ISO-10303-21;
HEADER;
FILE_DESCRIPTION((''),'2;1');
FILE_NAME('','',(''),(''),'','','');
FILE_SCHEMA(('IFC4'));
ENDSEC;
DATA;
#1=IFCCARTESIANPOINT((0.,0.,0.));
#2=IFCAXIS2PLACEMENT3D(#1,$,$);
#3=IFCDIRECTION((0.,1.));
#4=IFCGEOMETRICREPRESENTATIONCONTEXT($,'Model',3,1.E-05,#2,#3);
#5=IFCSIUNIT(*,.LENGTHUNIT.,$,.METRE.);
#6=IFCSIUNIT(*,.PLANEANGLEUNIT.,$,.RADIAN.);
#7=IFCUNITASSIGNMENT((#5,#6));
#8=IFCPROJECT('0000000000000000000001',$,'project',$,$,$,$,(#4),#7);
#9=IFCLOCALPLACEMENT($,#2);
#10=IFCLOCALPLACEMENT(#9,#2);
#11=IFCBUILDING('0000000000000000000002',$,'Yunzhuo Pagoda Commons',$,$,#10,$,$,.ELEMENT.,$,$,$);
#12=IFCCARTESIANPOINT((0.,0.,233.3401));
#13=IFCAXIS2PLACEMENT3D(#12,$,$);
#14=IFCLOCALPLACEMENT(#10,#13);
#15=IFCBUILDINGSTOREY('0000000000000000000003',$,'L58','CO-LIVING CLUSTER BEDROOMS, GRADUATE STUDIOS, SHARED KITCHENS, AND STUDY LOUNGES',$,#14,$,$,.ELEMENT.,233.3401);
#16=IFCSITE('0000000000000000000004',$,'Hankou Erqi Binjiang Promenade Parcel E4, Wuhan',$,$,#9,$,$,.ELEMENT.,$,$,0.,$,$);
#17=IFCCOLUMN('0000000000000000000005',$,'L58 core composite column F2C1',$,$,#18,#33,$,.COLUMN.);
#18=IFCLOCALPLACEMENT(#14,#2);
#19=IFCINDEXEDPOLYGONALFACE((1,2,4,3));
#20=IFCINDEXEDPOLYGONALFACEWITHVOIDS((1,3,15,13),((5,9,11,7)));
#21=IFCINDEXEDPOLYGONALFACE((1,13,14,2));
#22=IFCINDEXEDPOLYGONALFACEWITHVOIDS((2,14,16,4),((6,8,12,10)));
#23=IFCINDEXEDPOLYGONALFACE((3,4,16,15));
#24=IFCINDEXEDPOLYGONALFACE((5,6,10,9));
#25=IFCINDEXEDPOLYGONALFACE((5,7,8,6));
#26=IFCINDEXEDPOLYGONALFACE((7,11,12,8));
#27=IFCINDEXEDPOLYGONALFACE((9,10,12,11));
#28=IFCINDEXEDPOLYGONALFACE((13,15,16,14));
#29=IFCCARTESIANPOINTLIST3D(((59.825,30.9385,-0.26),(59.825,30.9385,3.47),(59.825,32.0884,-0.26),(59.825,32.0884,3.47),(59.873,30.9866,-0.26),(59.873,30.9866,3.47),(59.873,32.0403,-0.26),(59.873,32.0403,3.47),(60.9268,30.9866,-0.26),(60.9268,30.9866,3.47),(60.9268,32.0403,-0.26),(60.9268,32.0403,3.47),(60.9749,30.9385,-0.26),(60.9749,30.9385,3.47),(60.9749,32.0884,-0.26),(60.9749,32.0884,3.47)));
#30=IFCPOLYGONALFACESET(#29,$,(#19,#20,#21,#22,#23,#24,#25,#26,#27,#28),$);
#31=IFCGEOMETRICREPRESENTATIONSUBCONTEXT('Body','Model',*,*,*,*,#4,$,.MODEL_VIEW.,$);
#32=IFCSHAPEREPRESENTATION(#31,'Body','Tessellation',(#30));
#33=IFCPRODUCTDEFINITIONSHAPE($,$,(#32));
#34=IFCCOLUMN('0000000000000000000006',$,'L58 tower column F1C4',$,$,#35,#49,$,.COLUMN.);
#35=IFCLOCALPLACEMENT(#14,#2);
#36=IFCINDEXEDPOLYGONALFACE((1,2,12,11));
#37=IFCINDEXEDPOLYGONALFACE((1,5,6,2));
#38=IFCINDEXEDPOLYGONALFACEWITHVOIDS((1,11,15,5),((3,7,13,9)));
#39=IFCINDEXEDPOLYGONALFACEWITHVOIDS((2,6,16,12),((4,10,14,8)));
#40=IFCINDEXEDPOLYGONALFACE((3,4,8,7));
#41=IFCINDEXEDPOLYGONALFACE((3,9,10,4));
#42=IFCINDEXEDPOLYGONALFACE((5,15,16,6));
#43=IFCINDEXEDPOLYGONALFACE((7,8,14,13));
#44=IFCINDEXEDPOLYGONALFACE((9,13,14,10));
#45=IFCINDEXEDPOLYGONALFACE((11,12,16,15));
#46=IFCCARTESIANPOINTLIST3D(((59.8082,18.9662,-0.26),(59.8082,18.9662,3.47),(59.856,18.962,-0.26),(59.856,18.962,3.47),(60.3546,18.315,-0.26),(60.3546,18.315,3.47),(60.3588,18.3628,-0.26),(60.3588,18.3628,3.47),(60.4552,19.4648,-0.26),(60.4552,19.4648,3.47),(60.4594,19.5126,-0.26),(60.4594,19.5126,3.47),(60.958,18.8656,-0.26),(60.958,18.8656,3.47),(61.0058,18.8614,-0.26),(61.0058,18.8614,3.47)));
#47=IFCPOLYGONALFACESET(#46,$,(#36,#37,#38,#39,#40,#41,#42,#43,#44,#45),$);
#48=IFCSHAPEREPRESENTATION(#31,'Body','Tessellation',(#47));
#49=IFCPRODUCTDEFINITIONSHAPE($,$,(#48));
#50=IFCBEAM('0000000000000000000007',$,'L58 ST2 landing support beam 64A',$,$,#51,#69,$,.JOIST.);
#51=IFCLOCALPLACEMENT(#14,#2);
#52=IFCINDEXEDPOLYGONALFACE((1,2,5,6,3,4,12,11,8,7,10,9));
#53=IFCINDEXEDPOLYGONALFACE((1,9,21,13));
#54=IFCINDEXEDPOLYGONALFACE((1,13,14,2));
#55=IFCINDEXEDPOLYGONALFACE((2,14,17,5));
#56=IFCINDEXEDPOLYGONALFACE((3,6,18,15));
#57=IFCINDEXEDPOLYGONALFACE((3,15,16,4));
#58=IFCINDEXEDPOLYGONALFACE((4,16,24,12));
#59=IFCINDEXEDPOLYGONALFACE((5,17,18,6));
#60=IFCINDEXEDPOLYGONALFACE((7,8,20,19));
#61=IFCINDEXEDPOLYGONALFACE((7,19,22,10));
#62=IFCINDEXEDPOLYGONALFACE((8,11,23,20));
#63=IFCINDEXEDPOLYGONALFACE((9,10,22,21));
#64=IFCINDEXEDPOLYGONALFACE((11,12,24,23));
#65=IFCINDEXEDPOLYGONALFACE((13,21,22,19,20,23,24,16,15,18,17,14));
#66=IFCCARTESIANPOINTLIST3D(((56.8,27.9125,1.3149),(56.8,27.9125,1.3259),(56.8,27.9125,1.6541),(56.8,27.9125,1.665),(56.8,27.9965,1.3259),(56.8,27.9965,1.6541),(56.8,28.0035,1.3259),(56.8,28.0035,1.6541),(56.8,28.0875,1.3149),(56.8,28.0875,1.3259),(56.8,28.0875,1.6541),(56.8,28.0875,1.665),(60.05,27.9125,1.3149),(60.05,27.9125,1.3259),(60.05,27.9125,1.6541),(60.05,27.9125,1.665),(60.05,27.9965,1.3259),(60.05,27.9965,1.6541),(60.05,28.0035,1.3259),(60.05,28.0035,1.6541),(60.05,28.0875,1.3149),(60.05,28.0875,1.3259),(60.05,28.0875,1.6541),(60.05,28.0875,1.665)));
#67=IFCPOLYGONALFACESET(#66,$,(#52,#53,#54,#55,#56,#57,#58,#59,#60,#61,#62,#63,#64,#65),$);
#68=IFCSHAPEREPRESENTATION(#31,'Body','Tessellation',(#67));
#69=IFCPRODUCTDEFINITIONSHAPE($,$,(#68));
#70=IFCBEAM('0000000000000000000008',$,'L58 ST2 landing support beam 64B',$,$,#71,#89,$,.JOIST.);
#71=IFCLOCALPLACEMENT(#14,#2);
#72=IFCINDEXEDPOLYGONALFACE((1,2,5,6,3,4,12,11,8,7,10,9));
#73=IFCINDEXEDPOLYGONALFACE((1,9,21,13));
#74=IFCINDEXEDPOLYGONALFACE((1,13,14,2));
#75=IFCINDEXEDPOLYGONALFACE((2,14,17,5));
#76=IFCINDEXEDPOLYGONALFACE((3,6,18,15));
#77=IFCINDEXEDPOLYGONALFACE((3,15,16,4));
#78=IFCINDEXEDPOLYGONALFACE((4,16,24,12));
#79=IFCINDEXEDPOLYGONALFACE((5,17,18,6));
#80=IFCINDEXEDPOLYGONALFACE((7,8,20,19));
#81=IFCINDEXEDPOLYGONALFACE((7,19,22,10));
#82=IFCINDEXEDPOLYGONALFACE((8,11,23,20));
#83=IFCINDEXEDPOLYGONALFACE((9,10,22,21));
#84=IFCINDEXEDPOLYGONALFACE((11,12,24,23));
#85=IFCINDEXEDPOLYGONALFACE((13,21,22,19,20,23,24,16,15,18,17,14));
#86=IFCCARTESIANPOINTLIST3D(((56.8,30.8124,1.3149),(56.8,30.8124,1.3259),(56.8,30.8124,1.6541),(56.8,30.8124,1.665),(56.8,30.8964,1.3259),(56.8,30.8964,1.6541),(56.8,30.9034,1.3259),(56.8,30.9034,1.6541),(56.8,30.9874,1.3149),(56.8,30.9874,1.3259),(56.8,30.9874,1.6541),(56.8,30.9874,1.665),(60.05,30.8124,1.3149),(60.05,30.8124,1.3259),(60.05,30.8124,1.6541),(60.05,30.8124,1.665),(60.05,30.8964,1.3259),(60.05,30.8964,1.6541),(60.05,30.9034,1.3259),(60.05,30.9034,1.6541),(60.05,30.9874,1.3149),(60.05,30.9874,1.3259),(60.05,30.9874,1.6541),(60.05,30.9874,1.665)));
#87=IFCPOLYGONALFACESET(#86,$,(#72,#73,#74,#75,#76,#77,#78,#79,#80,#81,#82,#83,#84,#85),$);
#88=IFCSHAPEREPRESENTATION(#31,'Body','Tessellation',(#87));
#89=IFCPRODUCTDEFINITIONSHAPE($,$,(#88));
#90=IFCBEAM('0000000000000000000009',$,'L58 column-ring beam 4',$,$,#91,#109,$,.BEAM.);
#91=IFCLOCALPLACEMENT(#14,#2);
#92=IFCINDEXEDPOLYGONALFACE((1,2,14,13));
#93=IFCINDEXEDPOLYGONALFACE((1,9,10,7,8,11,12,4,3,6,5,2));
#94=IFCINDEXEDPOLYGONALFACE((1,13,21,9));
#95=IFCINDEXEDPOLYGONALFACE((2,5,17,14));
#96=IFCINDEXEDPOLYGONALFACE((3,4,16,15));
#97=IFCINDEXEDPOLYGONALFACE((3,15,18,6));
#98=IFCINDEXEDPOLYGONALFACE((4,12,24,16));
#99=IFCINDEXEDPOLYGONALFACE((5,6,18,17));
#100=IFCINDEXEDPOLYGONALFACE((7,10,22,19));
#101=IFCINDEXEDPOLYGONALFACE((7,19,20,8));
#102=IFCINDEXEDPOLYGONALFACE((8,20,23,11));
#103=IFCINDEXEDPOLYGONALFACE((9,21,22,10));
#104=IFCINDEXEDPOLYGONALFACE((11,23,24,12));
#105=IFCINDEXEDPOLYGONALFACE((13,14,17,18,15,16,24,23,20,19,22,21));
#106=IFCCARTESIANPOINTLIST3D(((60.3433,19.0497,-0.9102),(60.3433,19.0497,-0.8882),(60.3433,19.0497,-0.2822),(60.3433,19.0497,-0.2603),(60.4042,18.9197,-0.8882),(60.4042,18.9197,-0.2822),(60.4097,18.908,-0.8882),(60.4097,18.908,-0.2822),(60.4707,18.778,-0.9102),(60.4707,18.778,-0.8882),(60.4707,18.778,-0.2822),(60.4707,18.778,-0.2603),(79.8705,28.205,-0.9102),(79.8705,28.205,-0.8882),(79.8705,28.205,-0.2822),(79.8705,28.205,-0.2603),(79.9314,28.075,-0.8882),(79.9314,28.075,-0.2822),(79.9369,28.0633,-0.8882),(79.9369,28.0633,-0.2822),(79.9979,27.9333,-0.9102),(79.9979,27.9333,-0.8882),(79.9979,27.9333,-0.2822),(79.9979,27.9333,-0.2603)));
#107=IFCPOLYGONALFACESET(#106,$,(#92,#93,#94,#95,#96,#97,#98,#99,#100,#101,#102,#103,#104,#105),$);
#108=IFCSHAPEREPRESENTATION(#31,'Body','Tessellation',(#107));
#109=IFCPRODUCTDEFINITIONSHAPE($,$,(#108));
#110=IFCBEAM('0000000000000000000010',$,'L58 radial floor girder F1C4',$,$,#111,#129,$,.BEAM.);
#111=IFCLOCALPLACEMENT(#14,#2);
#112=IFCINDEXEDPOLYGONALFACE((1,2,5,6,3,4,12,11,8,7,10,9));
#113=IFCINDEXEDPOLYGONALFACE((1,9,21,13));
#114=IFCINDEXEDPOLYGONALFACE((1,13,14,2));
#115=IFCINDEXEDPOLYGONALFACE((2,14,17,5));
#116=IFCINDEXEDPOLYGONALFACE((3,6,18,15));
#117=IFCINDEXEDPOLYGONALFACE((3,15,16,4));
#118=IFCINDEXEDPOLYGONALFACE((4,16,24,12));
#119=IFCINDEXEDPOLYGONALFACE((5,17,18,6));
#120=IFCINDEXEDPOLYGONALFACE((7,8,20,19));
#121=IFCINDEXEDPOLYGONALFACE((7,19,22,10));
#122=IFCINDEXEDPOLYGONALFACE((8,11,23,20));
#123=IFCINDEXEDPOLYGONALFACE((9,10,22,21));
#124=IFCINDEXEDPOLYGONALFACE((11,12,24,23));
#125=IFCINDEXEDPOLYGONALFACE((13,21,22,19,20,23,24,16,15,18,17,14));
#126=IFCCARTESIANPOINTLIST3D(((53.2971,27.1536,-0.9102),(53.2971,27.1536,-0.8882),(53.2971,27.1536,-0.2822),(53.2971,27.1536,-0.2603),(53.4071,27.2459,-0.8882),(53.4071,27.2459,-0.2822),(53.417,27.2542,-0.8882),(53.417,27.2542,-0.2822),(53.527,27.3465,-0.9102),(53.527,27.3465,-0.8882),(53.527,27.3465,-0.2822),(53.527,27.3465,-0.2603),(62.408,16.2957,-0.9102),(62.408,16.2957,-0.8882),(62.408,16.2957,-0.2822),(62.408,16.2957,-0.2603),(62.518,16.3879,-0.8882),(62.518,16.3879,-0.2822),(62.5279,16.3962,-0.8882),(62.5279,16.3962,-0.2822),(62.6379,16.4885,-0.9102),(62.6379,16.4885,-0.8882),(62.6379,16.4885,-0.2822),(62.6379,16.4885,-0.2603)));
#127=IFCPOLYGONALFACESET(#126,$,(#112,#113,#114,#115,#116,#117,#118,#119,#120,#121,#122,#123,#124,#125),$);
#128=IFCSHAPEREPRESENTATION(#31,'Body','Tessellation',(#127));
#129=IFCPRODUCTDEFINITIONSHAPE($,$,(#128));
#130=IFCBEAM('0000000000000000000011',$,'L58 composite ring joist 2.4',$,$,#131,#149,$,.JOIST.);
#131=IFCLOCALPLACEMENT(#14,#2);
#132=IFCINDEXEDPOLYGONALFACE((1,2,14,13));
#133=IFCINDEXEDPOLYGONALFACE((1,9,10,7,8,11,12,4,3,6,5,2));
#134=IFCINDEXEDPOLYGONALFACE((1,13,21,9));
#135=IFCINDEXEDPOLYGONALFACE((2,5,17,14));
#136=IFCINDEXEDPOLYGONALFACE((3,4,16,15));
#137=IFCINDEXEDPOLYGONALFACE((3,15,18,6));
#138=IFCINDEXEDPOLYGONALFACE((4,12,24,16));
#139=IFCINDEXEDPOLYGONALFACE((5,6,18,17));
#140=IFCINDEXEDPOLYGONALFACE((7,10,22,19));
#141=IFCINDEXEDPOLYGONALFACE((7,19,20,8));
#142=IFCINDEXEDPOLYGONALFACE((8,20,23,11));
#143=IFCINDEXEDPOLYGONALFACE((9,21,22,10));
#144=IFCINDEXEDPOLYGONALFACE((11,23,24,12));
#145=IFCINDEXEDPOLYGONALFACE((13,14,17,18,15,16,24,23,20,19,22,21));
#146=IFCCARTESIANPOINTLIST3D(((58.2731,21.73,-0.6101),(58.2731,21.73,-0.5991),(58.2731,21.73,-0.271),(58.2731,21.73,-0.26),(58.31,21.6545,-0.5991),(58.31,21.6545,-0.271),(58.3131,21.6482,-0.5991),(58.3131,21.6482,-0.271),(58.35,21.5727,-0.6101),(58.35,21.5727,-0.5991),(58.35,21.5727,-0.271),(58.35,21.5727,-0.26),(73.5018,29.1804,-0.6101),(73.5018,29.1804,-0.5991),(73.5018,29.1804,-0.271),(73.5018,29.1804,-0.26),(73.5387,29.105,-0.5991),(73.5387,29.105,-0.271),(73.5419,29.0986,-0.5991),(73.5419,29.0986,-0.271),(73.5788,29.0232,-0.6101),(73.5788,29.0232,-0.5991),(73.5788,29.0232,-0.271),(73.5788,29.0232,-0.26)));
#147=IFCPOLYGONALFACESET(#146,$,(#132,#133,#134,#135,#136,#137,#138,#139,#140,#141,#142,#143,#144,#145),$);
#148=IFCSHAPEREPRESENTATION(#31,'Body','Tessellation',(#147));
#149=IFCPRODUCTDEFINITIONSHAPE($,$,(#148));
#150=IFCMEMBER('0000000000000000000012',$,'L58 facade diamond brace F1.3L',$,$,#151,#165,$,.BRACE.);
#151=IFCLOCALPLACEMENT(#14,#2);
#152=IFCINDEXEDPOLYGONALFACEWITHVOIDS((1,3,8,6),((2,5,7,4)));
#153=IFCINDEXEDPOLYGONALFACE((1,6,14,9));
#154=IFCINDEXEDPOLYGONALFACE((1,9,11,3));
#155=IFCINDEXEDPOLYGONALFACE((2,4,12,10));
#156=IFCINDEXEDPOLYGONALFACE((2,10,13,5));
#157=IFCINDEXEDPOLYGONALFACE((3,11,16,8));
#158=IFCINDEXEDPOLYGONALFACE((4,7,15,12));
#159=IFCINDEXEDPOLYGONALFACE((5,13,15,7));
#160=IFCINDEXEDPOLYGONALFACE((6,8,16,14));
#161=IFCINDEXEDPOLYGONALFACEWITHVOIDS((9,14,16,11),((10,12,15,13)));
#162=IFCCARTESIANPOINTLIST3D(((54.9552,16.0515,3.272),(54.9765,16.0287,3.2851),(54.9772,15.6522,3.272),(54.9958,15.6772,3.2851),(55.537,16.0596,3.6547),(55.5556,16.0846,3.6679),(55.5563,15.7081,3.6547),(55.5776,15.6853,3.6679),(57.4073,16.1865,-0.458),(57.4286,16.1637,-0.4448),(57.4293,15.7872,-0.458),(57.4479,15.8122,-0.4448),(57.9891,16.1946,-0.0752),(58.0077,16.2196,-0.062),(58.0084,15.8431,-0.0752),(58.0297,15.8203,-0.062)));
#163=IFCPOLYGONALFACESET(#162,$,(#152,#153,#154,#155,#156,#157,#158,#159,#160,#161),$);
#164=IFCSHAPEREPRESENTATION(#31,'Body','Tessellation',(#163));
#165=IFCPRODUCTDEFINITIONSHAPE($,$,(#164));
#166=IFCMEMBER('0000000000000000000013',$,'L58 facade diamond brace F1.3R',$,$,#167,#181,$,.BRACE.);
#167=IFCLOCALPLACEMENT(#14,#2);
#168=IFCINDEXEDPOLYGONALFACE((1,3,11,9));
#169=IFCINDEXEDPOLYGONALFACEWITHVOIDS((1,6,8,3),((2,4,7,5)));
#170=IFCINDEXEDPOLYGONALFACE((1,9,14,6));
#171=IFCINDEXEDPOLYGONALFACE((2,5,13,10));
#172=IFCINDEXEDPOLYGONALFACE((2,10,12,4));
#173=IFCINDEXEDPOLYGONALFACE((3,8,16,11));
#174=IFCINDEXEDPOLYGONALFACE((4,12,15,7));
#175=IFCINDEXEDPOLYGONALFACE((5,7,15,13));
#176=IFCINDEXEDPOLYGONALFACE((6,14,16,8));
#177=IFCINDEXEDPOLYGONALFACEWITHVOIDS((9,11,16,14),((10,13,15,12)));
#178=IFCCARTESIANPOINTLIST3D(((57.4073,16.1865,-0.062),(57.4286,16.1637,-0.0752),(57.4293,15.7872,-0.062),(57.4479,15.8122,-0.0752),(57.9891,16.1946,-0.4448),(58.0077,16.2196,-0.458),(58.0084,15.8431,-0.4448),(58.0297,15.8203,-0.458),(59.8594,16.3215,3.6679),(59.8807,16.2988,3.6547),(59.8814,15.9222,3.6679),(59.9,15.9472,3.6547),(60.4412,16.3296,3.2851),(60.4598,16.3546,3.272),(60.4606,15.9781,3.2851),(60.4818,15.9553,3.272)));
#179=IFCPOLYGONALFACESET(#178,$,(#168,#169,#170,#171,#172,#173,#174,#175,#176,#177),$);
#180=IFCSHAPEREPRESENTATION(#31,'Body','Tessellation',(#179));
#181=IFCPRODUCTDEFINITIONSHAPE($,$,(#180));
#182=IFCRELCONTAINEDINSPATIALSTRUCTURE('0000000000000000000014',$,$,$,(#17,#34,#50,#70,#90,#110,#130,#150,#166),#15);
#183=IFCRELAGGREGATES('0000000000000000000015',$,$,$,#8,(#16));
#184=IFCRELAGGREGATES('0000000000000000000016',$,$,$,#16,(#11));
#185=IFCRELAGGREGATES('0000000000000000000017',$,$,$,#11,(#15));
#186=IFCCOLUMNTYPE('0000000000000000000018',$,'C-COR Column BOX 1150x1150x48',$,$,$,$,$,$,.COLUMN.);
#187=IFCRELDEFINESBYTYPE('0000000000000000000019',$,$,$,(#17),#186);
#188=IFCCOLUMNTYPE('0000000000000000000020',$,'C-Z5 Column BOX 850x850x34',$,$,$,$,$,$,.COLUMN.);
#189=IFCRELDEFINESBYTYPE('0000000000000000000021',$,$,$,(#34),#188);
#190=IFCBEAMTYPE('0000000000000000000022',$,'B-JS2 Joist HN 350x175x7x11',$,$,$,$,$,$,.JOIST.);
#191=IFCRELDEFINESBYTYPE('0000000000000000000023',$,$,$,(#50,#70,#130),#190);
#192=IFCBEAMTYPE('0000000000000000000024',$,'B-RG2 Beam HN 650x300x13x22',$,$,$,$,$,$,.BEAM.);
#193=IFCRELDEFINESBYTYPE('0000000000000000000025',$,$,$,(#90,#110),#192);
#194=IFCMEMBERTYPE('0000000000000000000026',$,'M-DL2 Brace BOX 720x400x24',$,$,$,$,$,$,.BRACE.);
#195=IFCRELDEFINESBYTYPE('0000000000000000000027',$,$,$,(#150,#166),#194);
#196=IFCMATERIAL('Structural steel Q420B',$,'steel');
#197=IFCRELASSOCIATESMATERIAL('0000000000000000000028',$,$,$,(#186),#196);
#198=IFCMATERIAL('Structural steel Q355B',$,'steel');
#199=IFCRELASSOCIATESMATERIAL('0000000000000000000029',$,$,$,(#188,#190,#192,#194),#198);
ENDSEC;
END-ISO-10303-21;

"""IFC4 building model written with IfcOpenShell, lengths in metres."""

from ifc_helpers import new_model, si_unit, direction, frame, origin, origin_2d, place, context, subcontext, project, spatial, hollow_rectangle, i_section, extrude, source, transform, mapped, material, material_profile, profile_set, type_object, element, save


model = new_model("IFC4")

# Units and contexts
model_context = context("Model", 3, precision=1e-05, world=origin(), true_north=direction((0.0, 1.0)))
body_context = subcontext(model_context, "Body", "Model", "MODEL_VIEW")
ifc_project = project(units=[si_unit("LENGTHUNIT", "METRE"), si_unit("PLANEANGLEUNIT", "RADIAN")], contexts=[model_context])

# Site, building, storey
site_placement = place(None, origin())
site = spatial("IfcSite", under=ifc_project, at=site_placement, Name="Hankou Erqi Binjiang Promenade Parcel E4, Wuhan", CompositionType="ELEMENT", RefElevation=0.0)
building_placement = place(site_placement, origin())
building = spatial("IfcBuilding", under=site, at=building_placement, Name="Yunzhuo Pagoda Commons", CompositionType="ELEMENT")
storey_placement = place(building_placement, frame((0.0, 0.0, 233.3401)))
storey = spatial("IfcBuildingStorey", under=building, at=storey_placement, Name="L58", Description="CO-LIVING CLUSTER BEDROOMS, GRADUATE STUDIOS, SHARED KITCHENS, AND STUDY LOUNGES", CompositionType="ELEMENT", Elevation=233.3401)

# Columns
ifc_material_1 = material(Name="Structural steel Q420B", Category="steel")
ifc_material_profile_1 = material_profile(ifc_material_1, hollow_rectangle(XDim=1.1499, YDim=1.1499, WallThickness=0.0481, at=origin_2d()), Name="Structural steel Q420B")
ifc_profile_set_1 = profile_set([ifc_material_profile_1], Name="Structural steel Q420B")
column_type_1 = type_object("IfcColumnType", Name="C-COR Column BOX 1150x1150x48", PredefinedType="COLUMN", material=ifc_profile_set_1)
shared_shape_1 = source(origin(), body_context, "Body", "SweptSolid", [
    extrude(hollow_rectangle(XDim=1.1499, YDim=1.1499, WallThickness=0.0481, at=origin_2d()), origin(), (0.0, 0.0, 1.0), 3.73),
])
column_1_placement = place(storey_placement, frame((60.3999, 31.5134, -0.26), z_axis=(0.0, 0.0, 1.0), x_axis=(1.0, 0.0, 0.0)))
element("IfcColumn", 1, at=column_1_placement, inside=storey, type_object=column_type_1, Name="L58 core composite column F2C1", PredefinedType="COLUMN", context=body_context, shape_type="MappedRepresentation", body=[
    mapped(shared_shape_1, transform((0.0, 0.0, 0.0), scale=1.0)),
])
ifc_material_2 = material(Name="Structural steel Q355B", Category="steel")
ifc_material_profile_2 = material_profile(ifc_material_2, hollow_rectangle(XDim=0.8501, YDim=0.8501, WallThickness=0.0339, at=origin_2d()), Name="Structural steel Q355B")
ifc_profile_set_2 = profile_set([ifc_material_profile_2], Name="Structural steel Q355B")
column_type_2 = type_object("IfcColumnType", Name="C-Z5 Column BOX 850x850x34", PredefinedType="COLUMN", material=ifc_profile_set_2)
shared_shape_2 = source(origin(), body_context, "Body", "SweptSolid", [
    extrude(hollow_rectangle(XDim=0.8501, YDim=0.8501, WallThickness=0.0339, at=origin_2d()), origin(), (0.0, 0.0, 1.0), 3.73),
])
column_2_placement = place(storey_placement, frame((60.407, 18.9138, -0.26), z_axis=(0.0, 0.0, 1.0), x_axis=(0.766044, 0.642788, 0.0)))
element("IfcColumn", 2, at=column_2_placement, inside=storey, type_object=column_type_2, Name="L58 tower column F1C4", PredefinedType="COLUMN", context=body_context, shape_type="MappedRepresentation", body=[
    mapped(shared_shape_2, transform((0.0, 0.0, 0.0), scale=1.0)),
])

# Beams
ifc_material_profile_3 = material_profile(ifc_material_2, i_section(OverallWidth=0.175, OverallDepth=0.3501, WebThickness=0.0071, FlangeThickness=0.011, at=origin_2d()), Name="Structural steel Q355B")
ifc_profile_set_3 = profile_set([ifc_material_profile_3], Name="Structural steel Q355B")
beam_type_1 = type_object("IfcBeamType", Name="B-JS2 Joist HN 350x175x7x11", PredefinedType="JOIST", material=ifc_profile_set_3)
shared_shape_3 = source(origin(), body_context, "Body", "SweptSolid", [
    extrude(i_section(OverallWidth=0.175, OverallDepth=0.3501, WebThickness=0.0071, FlangeThickness=0.011, at=origin_2d()), origin(), (0.0, 0.0, 1.0), 3.25),
])
for number, where, z_axis, x_axis, name in (
    (3, (56.8, 28.0, 1.49), (1.0, 0.0, 0.0), (0.0, 1.0, 0.0), "L58 ST2 landing support beam 64A"),
    (4, (56.8, 30.8999, 1.49), (1.0, 0.0, 0.0), (0.0, 1.0, 0.0), "L58 ST2 landing support beam 64B"),
):
    element("IfcBeam", number, at=place(storey_placement, frame(where, z_axis=z_axis, x_axis=x_axis)), inside=storey, type_object=beam_type_1, Name=name, PredefinedType="JOIST", context=body_context, shape_type="MappedRepresentation", body=[
        mapped(shared_shape_3, transform((0.0, 0.0, 0.0), scale=1.0)),
    ])
ifc_material_profile_4 = material_profile(ifc_material_2, i_section(OverallWidth=0.3, OverallDepth=0.6499, WebThickness=0.0129, FlangeThickness=0.022, at=origin_2d()), Name="Structural steel Q355B")
ifc_profile_set_4 = profile_set([ifc_material_profile_4], Name="Structural steel Q355B")
beam_type_2 = type_object("IfcBeamType", Name="B-RG2 Beam HN 650x300x13x22", PredefinedType="BEAM", material=ifc_profile_set_4)
shared_shape_4 = source(origin(), body_context, "Body", "SweptSolid", [
    extrude(i_section(OverallWidth=0.3, OverallDepth=0.6499, WebThickness=0.0129, FlangeThickness=0.022, at=origin_2d()), origin(), (0.0, 0.0, 1.0), 21.5669),
])
beam_1_placement = place(storey_placement, frame((60.407, 18.9138, -0.5852), z_axis=(0.905424, 0.424508, 0.0), x_axis=(-0.424508, 0.905424, 0.0)))
element("IfcBeam", 5, at=beam_1_placement, inside=storey, type_object=beam_type_2, Name="L58 column-ring beam 4", PredefinedType="BEAM", context=body_context, shape_type="MappedRepresentation", body=[
    mapped(shared_shape_4, transform((0.0, 0.0, 0.0), scale=1.0)),
])
shared_shape_5 = source(origin(), body_context, "Body", "SweptSolid", [
    extrude(i_section(OverallWidth=0.3, OverallDepth=0.6499, WebThickness=0.0129, FlangeThickness=0.022, at=origin_2d()), origin(), (0.0, 0.0, 1.0), 14.1741),
])
beam_2_placement = place(storey_placement, frame((62.5229, 16.3921, -0.5852), z_axis=(-0.642786, 0.766045, 0.0), x_axis=(-0.766045, -0.642786, 0.0)))
element("IfcBeam", 6, at=beam_2_placement, inside=storey, type_object=beam_type_2, Name="L58 radial floor girder F1C4", PredefinedType="BEAM", context=body_context, shape_type="MappedRepresentation", body=[
    mapped(shared_shape_5, transform((0.0, 0.0, 0.0), scale=1.0)),
])
shared_shape_6 = source(origin(), body_context, "Body", "SweptSolid", [
    extrude(i_section(OverallWidth=0.175, OverallDepth=0.3501, WebThickness=0.0071, FlangeThickness=0.011, at=origin_2d()), origin(), (0.0, 0.0, 1.0), 16.9536),
])
beam_3_placement = place(storey_placement, frame((58.3115, 21.6514, -0.4351), z_axis=(0.898262, 0.439461, 0.0), x_axis=(-0.439461, 0.898262, 0.0)))
element("IfcBeam", 7, at=beam_3_placement, inside=storey, type_object=beam_type_1, Name="L58 composite ring joist 2.4", PredefinedType="JOIST", context=body_context, shape_type="MappedRepresentation", body=[
    mapped(shared_shape_6, transform((0.0, 0.0, 0.0), scale=1.0)),
])

# Members
ifc_material_profile_5 = material_profile(ifc_material_2, hollow_rectangle(XDim=0.3999, YDim=0.72, WallThickness=0.0239, at=origin_2d()), Name="Structural steel Q355B")
ifc_profile_set_5 = profile_set([ifc_material_profile_5], Name="Structural steel Q355B")
member_type_1 = type_object("IfcMemberType", Name="M-DL2 Brace BOX 720x400x24", PredefinedType="BRACE", material=ifc_profile_set_5)
shared_shape_7 = source(origin(), body_context, "Body", "SweptSolid", [
    extrude(hollow_rectangle(XDim=0.3999, YDim=0.72, WallThickness=0.0239, at=origin_2d()), origin(), (0.0, 0.0, 1.0), 4.4658),
])
for number, where, z_axis, x_axis, name in (
    (8, (57.7185, 16.0034, -0.26), (-0.549086, -0.030231, 0.835219), (0.054974, -0.998488, 0.0), "L58 facade diamond brace F1.3L"),
    (9, (57.7185, 16.0034, -0.26), (0.549086, 0.030231, 0.835219), (-0.054974, 0.998488, 0.0), "L58 facade diamond brace F1.3R"),
):
    element("IfcMember", number, at=place(storey_placement, frame(where, z_axis=z_axis, x_axis=x_axis)), inside=storey, type_object=member_type_1, Name=name, PredefinedType="BRACE", context=body_context, shape_type="MappedRepresentation", body=[
        mapped(shared_shape_7, transform((0.0, 0.0, 0.0), scale=1.0)),
    ])

save(model, "model.ifc")
